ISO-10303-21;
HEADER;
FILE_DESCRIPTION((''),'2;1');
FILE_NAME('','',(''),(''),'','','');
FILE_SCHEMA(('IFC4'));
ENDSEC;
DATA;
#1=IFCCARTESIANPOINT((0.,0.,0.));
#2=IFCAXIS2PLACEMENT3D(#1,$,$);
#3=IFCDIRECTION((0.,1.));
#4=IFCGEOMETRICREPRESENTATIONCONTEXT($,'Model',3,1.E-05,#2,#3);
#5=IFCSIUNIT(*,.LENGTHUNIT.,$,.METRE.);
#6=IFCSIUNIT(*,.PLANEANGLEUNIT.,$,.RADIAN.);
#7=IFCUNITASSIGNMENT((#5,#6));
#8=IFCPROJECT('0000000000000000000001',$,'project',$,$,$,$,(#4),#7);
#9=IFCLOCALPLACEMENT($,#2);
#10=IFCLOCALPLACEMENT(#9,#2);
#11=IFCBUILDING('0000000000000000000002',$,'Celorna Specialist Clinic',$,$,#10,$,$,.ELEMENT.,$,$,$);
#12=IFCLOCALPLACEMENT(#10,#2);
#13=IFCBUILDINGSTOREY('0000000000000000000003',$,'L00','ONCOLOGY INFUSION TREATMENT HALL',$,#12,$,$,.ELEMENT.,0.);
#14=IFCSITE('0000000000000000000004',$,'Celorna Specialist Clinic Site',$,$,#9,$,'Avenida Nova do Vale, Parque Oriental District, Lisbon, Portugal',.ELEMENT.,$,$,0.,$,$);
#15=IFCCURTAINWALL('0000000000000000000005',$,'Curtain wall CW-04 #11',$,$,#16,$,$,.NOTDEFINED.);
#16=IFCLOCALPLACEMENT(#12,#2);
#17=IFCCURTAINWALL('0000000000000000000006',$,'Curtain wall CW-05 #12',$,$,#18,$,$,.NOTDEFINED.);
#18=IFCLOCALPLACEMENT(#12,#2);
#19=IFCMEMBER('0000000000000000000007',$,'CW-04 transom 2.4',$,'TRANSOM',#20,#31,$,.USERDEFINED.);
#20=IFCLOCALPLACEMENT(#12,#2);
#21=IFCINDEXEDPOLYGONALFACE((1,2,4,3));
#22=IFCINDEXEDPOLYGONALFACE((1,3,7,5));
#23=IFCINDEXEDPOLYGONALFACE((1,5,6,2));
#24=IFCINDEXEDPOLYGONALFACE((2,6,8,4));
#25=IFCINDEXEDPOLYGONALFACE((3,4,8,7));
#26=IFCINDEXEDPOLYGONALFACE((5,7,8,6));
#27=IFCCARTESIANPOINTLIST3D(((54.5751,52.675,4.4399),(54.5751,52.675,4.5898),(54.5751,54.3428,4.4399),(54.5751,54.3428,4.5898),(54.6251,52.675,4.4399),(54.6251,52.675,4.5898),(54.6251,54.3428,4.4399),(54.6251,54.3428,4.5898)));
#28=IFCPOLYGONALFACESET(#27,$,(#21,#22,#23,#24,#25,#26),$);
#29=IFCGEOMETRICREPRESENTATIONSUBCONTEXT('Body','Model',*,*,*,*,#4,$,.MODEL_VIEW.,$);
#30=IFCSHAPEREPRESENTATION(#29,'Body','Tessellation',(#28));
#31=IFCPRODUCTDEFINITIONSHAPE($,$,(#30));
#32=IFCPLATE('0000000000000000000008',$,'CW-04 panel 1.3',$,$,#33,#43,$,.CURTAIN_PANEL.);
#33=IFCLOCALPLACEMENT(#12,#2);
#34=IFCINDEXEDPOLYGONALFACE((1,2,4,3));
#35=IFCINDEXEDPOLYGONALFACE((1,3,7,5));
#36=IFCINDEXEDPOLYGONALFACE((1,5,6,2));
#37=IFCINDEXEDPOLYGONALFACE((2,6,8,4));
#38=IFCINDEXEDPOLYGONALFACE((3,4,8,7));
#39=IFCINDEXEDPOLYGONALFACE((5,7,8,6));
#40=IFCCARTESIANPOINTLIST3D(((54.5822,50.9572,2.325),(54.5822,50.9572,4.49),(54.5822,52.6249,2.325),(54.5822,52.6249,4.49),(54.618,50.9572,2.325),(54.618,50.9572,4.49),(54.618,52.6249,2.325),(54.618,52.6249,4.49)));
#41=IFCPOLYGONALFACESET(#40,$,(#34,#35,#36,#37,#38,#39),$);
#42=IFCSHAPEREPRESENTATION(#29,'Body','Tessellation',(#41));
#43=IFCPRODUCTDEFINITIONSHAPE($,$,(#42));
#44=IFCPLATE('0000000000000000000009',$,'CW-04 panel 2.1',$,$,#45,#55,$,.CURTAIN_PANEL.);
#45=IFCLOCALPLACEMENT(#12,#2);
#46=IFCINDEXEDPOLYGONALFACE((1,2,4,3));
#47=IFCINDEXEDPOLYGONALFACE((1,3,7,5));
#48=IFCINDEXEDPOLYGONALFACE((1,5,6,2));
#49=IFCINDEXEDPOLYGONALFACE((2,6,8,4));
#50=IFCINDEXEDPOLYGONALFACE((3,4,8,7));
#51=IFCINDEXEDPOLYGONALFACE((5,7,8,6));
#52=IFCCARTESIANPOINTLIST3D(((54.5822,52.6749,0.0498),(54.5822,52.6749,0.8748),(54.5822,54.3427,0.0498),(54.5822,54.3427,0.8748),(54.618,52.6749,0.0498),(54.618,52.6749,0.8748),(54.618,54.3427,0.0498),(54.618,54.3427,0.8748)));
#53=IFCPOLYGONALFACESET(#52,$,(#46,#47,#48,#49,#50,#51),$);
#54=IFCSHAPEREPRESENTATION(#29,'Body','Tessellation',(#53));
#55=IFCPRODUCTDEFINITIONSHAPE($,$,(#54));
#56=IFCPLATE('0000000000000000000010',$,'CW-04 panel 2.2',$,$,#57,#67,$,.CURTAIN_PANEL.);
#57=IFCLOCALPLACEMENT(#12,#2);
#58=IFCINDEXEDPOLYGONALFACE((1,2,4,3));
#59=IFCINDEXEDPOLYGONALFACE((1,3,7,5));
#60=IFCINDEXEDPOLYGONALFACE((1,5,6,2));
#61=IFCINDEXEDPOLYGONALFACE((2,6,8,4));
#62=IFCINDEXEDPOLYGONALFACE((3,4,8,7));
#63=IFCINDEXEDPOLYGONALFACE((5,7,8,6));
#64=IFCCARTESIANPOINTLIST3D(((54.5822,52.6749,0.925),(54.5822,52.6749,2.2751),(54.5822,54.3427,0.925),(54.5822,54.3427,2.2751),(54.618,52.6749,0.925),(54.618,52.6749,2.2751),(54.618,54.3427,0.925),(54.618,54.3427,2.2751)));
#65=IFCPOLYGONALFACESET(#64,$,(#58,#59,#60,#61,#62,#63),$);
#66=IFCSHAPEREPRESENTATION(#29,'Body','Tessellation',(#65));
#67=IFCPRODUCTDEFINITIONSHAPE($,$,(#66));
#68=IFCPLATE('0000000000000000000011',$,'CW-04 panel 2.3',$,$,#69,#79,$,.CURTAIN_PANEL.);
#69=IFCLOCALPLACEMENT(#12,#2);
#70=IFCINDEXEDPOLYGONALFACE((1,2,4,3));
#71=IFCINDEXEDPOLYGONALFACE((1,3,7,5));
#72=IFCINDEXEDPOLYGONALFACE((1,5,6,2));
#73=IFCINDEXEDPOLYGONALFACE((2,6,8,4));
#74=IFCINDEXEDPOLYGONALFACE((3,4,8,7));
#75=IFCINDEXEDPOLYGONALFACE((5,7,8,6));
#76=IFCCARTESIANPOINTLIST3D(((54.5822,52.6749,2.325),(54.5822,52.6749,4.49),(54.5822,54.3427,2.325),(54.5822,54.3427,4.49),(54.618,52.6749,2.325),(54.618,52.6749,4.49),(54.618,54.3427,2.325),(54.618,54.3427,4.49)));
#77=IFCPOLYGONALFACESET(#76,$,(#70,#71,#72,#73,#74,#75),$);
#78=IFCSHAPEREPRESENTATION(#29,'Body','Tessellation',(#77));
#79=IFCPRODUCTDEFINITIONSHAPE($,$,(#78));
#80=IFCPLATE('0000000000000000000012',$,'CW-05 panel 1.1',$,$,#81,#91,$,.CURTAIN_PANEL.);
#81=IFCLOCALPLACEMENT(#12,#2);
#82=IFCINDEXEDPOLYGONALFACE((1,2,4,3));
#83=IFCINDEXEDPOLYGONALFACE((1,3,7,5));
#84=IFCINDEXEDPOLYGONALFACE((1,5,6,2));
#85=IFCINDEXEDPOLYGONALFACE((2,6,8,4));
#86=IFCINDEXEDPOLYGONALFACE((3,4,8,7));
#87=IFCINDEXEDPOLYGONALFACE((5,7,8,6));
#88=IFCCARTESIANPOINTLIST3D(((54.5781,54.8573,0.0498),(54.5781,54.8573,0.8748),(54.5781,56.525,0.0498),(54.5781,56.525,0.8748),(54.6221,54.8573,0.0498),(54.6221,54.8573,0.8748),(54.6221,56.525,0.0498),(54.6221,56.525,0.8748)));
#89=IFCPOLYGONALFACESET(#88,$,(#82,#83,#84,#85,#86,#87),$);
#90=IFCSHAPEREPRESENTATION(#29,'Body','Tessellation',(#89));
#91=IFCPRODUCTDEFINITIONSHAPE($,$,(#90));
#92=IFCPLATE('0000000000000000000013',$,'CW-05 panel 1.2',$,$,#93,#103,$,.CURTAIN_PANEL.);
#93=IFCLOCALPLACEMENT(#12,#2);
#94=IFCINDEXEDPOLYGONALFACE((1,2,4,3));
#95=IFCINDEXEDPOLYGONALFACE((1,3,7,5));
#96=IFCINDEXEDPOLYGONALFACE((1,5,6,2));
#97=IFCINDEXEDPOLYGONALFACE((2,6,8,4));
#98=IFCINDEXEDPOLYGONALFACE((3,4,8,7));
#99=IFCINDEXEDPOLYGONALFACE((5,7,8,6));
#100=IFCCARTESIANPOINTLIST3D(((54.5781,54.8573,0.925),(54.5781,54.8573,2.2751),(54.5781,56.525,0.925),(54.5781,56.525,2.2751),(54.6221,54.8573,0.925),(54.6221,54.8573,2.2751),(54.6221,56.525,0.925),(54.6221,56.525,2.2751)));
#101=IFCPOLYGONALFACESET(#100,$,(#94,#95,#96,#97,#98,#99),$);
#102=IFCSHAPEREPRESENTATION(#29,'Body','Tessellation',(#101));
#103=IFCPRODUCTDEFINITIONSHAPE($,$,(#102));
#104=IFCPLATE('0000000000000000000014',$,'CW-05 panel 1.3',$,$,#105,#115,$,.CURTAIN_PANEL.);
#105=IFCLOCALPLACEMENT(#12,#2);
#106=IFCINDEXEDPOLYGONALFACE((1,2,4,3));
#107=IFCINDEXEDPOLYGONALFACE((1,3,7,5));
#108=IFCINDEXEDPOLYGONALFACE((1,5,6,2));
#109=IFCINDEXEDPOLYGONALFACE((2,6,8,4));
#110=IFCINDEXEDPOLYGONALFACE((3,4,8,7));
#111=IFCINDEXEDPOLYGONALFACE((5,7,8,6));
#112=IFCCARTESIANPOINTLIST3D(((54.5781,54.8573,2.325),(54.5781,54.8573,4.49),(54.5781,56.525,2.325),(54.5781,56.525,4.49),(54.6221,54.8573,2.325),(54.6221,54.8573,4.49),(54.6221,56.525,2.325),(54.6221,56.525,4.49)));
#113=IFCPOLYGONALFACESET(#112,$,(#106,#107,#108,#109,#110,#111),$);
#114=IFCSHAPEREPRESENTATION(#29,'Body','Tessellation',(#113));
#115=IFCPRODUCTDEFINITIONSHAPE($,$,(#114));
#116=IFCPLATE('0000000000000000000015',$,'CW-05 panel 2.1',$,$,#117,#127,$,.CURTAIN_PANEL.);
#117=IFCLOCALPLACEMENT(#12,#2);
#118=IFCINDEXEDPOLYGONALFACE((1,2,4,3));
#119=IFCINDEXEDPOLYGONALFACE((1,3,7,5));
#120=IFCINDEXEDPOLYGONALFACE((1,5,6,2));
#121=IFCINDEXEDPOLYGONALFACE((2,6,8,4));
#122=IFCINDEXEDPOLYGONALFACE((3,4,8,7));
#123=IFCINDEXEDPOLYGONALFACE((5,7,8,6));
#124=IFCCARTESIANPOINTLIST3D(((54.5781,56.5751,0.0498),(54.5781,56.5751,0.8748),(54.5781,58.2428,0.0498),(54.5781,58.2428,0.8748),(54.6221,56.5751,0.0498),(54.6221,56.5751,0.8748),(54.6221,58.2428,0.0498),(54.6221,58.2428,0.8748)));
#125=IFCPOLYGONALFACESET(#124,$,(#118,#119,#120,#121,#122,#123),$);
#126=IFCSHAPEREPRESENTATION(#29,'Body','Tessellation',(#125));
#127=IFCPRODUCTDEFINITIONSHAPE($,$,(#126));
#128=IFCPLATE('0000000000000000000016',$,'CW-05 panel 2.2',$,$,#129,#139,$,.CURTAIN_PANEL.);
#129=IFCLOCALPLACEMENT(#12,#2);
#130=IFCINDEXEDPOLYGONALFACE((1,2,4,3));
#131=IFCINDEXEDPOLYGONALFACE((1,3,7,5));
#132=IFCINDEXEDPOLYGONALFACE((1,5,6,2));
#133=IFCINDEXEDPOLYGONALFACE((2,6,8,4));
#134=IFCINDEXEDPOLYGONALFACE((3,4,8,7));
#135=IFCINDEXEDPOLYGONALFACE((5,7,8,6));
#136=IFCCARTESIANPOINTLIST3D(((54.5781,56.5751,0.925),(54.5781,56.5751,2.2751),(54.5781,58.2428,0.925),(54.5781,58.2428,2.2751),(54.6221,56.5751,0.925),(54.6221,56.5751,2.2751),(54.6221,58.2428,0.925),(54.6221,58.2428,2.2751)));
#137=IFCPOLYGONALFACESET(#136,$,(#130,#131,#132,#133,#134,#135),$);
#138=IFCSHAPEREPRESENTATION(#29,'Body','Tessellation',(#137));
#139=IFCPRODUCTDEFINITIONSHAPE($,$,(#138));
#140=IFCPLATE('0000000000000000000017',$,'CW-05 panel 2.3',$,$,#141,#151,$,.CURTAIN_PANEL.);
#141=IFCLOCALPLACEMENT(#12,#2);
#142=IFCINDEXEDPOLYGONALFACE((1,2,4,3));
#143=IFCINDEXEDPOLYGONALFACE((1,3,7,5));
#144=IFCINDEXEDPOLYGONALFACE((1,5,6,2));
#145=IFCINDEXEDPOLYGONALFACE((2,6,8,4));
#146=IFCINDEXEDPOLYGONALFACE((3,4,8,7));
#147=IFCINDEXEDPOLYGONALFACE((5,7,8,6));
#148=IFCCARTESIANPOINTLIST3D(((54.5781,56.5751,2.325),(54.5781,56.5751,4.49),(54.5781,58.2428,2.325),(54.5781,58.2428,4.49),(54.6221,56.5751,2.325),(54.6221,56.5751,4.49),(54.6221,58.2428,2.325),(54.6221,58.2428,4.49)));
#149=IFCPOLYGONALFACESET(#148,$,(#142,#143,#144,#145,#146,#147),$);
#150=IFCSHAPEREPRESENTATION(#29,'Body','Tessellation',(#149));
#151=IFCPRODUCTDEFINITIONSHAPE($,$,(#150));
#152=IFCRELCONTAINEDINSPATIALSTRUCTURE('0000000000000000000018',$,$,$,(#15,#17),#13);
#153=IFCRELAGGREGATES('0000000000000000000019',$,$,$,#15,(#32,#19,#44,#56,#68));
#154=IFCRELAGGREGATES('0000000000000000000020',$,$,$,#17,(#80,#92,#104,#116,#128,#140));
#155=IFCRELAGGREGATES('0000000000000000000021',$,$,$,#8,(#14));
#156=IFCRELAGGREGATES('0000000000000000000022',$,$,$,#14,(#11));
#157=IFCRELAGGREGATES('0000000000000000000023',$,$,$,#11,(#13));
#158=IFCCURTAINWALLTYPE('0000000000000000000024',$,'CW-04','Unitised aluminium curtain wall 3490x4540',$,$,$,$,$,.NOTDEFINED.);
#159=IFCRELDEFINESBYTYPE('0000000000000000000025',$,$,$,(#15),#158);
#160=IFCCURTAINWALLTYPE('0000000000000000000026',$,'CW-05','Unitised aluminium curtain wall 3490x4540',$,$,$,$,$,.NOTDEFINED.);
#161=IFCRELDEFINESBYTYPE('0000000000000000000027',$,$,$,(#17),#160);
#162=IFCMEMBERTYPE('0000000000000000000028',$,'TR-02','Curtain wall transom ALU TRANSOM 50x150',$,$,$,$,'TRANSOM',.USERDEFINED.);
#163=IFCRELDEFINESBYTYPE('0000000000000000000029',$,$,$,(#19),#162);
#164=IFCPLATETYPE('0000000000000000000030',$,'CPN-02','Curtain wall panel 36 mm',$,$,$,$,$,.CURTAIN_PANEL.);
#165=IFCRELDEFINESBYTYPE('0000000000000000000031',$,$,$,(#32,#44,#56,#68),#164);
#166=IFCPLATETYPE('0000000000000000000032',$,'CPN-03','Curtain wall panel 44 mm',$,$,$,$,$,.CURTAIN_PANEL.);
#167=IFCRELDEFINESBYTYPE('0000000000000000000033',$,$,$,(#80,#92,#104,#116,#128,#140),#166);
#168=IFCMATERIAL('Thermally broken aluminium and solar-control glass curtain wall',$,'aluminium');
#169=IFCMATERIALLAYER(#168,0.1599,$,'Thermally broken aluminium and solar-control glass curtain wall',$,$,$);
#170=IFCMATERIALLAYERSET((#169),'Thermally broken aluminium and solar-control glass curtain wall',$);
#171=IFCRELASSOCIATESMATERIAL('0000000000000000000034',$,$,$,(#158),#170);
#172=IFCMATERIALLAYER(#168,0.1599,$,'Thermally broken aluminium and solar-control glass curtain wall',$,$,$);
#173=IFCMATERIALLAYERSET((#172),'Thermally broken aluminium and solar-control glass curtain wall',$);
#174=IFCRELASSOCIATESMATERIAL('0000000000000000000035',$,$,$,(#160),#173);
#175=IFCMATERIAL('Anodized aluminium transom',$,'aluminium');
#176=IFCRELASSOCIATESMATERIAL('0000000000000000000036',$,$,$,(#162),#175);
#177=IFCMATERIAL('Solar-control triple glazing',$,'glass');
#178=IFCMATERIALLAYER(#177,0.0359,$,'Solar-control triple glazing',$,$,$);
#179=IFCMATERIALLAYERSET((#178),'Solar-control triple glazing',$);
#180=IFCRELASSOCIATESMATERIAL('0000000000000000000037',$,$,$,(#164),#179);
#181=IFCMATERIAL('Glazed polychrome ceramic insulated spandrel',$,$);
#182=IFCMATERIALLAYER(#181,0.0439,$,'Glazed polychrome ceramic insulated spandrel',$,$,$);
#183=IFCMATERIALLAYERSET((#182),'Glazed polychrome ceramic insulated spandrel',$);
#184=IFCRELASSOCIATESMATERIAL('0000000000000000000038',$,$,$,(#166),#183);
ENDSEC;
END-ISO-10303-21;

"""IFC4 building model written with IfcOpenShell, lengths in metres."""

from ifc_helpers import new_model, si_unit, direction, frame, origin, origin_2d, place, context, subcontext, project, spatial, rectangle, extrude, material, layer, layer_set, material_profile, profile_set, type_object, element, aggregate, save


model = new_model("IFC4")

# Units and contexts
model_context = context("Model", 3, precision=1e-05, world=origin(), true_north=direction((0.0, 1.0)))
body_context = subcontext(model_context, "Body", "Model", "MODEL_VIEW")
ifc_project = project(units=[si_unit("LENGTHUNIT", "METRE"), si_unit("PLANEANGLEUNIT", "RADIAN")], contexts=[model_context])

# Site, building, storey
site_placement = place(None, origin())
site = spatial("IfcSite", under=ifc_project, at=site_placement, Name="Celorna Specialist Clinic Site", LongName="Avenida Nova do Vale, Parque Oriental District, Lisbon, Portugal", CompositionType="ELEMENT", RefElevation=0.0)
building_placement = place(site_placement, origin())
building = spatial("IfcBuilding", under=site, at=building_placement, Name="Celorna Specialist Clinic", CompositionType="ELEMENT")
storey_placement = place(building_placement, origin())
storey = spatial("IfcBuildingStorey", under=building, at=storey_placement, Name="L00", Description="ONCOLOGY INFUSION TREATMENT HALL", CompositionType="ELEMENT", Elevation=0.0)

# Curtain walls
ifc_material_1 = material(Name="Thermally broken aluminium and solar-control glass curtain wall", Category="aluminium")
ifc_layer_1 = layer(ifc_material_1, 0.1599, Name="Thermally broken aluminium and solar-control glass curtain wall")
ifc_layer_set_1 = layer_set([ifc_layer_1], Name="Thermally broken aluminium and solar-control glass curtain wall")
curtain_wall_type_1 = type_object("IfcCurtainWallType", Name="CW-04", Description="Unitised aluminium curtain wall 3490x4540", PredefinedType="NOTDEFINED", material=ifc_layer_set_1)
curtain_wall_1_placement = place(storey_placement, origin())
curtain_wall_1 = element("IfcCurtainWall", 1, at=curtain_wall_1_placement, inside=storey, type_object=curtain_wall_type_1, Name="Curtain wall CW-04 #11", PredefinedType="NOTDEFINED")
ifc_layer_2 = layer(ifc_material_1, 0.1599, Name="Thermally broken aluminium and solar-control glass curtain wall")
ifc_layer_set_2 = layer_set([ifc_layer_2], Name="Thermally broken aluminium and solar-control glass curtain wall")
curtain_wall_type_2 = type_object("IfcCurtainWallType", Name="CW-05", Description="Unitised aluminium curtain wall 3490x4540", PredefinedType="NOTDEFINED", material=ifc_layer_set_2)
curtain_wall_2_placement = place(storey_placement, origin())
curtain_wall_2 = element("IfcCurtainWall", 2, at=curtain_wall_2_placement, inside=storey, type_object=curtain_wall_type_2, Name="Curtain wall CW-05 #12", PredefinedType="NOTDEFINED")

# Member
ifc_material_2 = material(Name="Anodized aluminium transom", Category="aluminium")
ifc_material_profile_1 = material_profile(ifc_material_2, rectangle(XDim=0.05, YDim=0.1499, at=origin_2d()), Name="ALU TRANSOM 50x150")
ifc_profile_set_1 = profile_set([ifc_material_profile_1], Name="Anodized aluminium transom")
member_type_1 = type_object("IfcMemberType", Name="TR-02", Description="Curtain wall transom ALU TRANSOM 50x150", ElementType="TRANSOM", PredefinedType="USERDEFINED", material=ifc_profile_set_1)
member_1_placement = place(storey_placement, frame((54.6001, 52.675, 4.5149), z_axis=(0.0, 1.0, 0.0), x_axis=(-1.0, 0.0, 0.0)))
member_1 = element("IfcMember", 3, at=member_1_placement, type_object=member_type_1, Name="CW-04 transom 2.4", ObjectType="TRANSOM", PredefinedType="USERDEFINED", context=body_context, shape_type="SweptSolid", body=[
    extrude(rectangle(XDim=0.05, YDim=0.1499, at=origin_2d()), origin(), (0.0, 0.0, 1.0), 1.6677),
])

# Plates
ifc_material_3 = material(Name="Solar-control triple glazing", Category="glass")
ifc_layer_3 = layer(ifc_material_3, 0.0359, Name="Solar-control triple glazing")
ifc_layer_set_3 = layer_set([ifc_layer_3], Name="Solar-control triple glazing")
plate_type_1 = type_object("IfcPlateType", Name="CPN-02", Description="Curtain wall panel 36 mm", PredefinedType="CURTAIN_PANEL", material=ifc_layer_set_3)
plate_1_placement = place(storey_placement, frame((54.6001, 51.791, 2.325), z_axis=(0.0, 0.0, 1.0), x_axis=(0.0, 1.0, 0.0)))
plate_1 = element("IfcPlate", 4, at=plate_1_placement, type_object=plate_type_1, Name="CW-04 panel 1.3", PredefinedType="CURTAIN_PANEL", context=body_context, shape_type="SweptSolid", body=[
    extrude(rectangle(XDim=1.6677, YDim=0.0359, at=origin_2d()), origin(), (0.0, 0.0, 1.0), 2.165),
])
plate_2_placement = place(storey_placement, frame((54.6001, 53.5088, 0.0498), z_axis=(0.0, 0.0, 1.0), x_axis=(0.0, 1.0, 0.0)))
plate_2 = element("IfcPlate", 5, at=plate_2_placement, type_object=plate_type_1, Name="CW-04 panel 2.1", PredefinedType="CURTAIN_PANEL", context=body_context, shape_type="SweptSolid", body=[
    extrude(rectangle(XDim=1.6677, YDim=0.0359, at=origin_2d()), origin(), (0.0, 0.0, 1.0), 0.825),
])
plate_3_placement = place(storey_placement, frame((54.6001, 53.5088, 0.925), z_axis=(0.0, 0.0, 1.0), x_axis=(0.0, 1.0, 0.0)))
plate_3 = element("IfcPlate", 6, at=plate_3_placement, type_object=plate_type_1, Name="CW-04 panel 2.2", PredefinedType="CURTAIN_PANEL", context=body_context, shape_type="SweptSolid", body=[
    extrude(rectangle(XDim=1.6677, YDim=0.0359, at=origin_2d()), origin(), (0.0, 0.0, 1.0), 1.3501),
])
plate_4_placement = place(storey_placement, frame((54.6001, 53.5088, 2.325), z_axis=(0.0, 0.0, 1.0), x_axis=(0.0, 1.0, 0.0)))
plate_4 = element("IfcPlate", 7, at=plate_4_placement, type_object=plate_type_1, Name="CW-04 panel 2.3", PredefinedType="CURTAIN_PANEL", context=body_context, shape_type="SweptSolid", body=[
    extrude(rectangle(XDim=1.6677, YDim=0.0359, at=origin_2d()), origin(), (0.0, 0.0, 1.0), 2.165),
])
aggregate(curtain_wall_1, [plate_1, member_1, plate_2, plate_3, plate_4])
ifc_material_4 = material(Name="Glazed polychrome ceramic insulated spandrel")
ifc_layer_4 = layer(ifc_material_4, 0.0439, Name="Glazed polychrome ceramic insulated spandrel")
ifc_layer_set_4 = layer_set([ifc_layer_4], Name="Glazed polychrome ceramic insulated spandrel")
plate_type_2 = type_object("IfcPlateType", Name="CPN-03", Description="Curtain wall panel 44 mm", PredefinedType="CURTAIN_PANEL", material=ifc_layer_set_4)
plate_5_placement = place(storey_placement, frame((54.6001, 55.6912, 0.0498), z_axis=(0.0, 0.0, 1.0), x_axis=(0.0, 1.0, 0.0)))
plate_5 = element("IfcPlate", 8, at=plate_5_placement, type_object=plate_type_2, Name="CW-05 panel 1.1", PredefinedType="CURTAIN_PANEL", context=body_context, shape_type="SweptSolid", body=[
    extrude(rectangle(XDim=1.6677, YDim=0.0439, at=origin_2d()), origin(), (0.0, 0.0, 1.0), 0.825),
])
plate_6_placement = place(storey_placement, frame((54.6001, 55.6912, 0.925), z_axis=(0.0, 0.0, 1.0), x_axis=(0.0, 1.0, 0.0)))
plate_6 = element("IfcPlate", 9, at=plate_6_placement, type_object=plate_type_2, Name="CW-05 panel 1.2", PredefinedType="CURTAIN_PANEL", context=body_context, shape_type="SweptSolid", body=[
    extrude(rectangle(XDim=1.6677, YDim=0.0439, at=origin_2d()), origin(), (0.0, 0.0, 1.0), 1.3501),
])
plate_7_placement = place(storey_placement, frame((54.6001, 55.6912, 2.325), z_axis=(0.0, 0.0, 1.0), x_axis=(0.0, 1.0, 0.0)))
plate_7 = element("IfcPlate", 10, at=plate_7_placement, type_object=plate_type_2, Name="CW-05 panel 1.3", PredefinedType="CURTAIN_PANEL", context=body_context, shape_type="SweptSolid", body=[
    extrude(rectangle(XDim=1.6677, YDim=0.0439, at=origin_2d()), origin(), (0.0, 0.0, 1.0), 2.165),
])
plate_8_placement = place(storey_placement, frame((54.6001, 57.4089, 0.0498), z_axis=(0.0, 0.0, 1.0), x_axis=(0.0, 1.0, 0.0)))
plate_8 = element("IfcPlate", 11, at=plate_8_placement, type_object=plate_type_2, Name="CW-05 panel 2.1", PredefinedType="CURTAIN_PANEL", context=body_context, shape_type="SweptSolid", body=[
    extrude(rectangle(XDim=1.6677, YDim=0.0439, at=origin_2d()), origin(), (0.0, 0.0, 1.0), 0.825),
])
plate_9_placement = place(storey_placement, frame((54.6001, 57.4089, 0.925), z_axis=(0.0, 0.0, 1.0), x_axis=(0.0, 1.0, 0.0)))
plate_9 = element("IfcPlate", 12, at=plate_9_placement, type_object=plate_type_2, Name="CW-05 panel 2.2", PredefinedType="CURTAIN_PANEL", context=body_context, shape_type="SweptSolid", body=[
    extrude(rectangle(XDim=1.6677, YDim=0.0439, at=origin_2d()), origin(), (0.0, 0.0, 1.0), 1.3501),
])
plate_10_placement = place(storey_placement, frame((54.6001, 57.4089, 2.325), z_axis=(0.0, 0.0, 1.0), x_axis=(0.0, 1.0, 0.0)))
plate_10 = element("IfcPlate", 13, at=plate_10_placement, type_object=plate_type_2, Name="CW-05 panel 2.3", PredefinedType="CURTAIN_PANEL", context=body_context, shape_type="SweptSolid", body=[
    extrude(rectangle(XDim=1.6677, YDim=0.0439, at=origin_2d()), origin(), (0.0, 0.0, 1.0), 2.165),
])
aggregate(curtain_wall_2, [plate_5, plate_6, plate_7, plate_8, plate_9, plate_10])

save(model, "model.ifc")
